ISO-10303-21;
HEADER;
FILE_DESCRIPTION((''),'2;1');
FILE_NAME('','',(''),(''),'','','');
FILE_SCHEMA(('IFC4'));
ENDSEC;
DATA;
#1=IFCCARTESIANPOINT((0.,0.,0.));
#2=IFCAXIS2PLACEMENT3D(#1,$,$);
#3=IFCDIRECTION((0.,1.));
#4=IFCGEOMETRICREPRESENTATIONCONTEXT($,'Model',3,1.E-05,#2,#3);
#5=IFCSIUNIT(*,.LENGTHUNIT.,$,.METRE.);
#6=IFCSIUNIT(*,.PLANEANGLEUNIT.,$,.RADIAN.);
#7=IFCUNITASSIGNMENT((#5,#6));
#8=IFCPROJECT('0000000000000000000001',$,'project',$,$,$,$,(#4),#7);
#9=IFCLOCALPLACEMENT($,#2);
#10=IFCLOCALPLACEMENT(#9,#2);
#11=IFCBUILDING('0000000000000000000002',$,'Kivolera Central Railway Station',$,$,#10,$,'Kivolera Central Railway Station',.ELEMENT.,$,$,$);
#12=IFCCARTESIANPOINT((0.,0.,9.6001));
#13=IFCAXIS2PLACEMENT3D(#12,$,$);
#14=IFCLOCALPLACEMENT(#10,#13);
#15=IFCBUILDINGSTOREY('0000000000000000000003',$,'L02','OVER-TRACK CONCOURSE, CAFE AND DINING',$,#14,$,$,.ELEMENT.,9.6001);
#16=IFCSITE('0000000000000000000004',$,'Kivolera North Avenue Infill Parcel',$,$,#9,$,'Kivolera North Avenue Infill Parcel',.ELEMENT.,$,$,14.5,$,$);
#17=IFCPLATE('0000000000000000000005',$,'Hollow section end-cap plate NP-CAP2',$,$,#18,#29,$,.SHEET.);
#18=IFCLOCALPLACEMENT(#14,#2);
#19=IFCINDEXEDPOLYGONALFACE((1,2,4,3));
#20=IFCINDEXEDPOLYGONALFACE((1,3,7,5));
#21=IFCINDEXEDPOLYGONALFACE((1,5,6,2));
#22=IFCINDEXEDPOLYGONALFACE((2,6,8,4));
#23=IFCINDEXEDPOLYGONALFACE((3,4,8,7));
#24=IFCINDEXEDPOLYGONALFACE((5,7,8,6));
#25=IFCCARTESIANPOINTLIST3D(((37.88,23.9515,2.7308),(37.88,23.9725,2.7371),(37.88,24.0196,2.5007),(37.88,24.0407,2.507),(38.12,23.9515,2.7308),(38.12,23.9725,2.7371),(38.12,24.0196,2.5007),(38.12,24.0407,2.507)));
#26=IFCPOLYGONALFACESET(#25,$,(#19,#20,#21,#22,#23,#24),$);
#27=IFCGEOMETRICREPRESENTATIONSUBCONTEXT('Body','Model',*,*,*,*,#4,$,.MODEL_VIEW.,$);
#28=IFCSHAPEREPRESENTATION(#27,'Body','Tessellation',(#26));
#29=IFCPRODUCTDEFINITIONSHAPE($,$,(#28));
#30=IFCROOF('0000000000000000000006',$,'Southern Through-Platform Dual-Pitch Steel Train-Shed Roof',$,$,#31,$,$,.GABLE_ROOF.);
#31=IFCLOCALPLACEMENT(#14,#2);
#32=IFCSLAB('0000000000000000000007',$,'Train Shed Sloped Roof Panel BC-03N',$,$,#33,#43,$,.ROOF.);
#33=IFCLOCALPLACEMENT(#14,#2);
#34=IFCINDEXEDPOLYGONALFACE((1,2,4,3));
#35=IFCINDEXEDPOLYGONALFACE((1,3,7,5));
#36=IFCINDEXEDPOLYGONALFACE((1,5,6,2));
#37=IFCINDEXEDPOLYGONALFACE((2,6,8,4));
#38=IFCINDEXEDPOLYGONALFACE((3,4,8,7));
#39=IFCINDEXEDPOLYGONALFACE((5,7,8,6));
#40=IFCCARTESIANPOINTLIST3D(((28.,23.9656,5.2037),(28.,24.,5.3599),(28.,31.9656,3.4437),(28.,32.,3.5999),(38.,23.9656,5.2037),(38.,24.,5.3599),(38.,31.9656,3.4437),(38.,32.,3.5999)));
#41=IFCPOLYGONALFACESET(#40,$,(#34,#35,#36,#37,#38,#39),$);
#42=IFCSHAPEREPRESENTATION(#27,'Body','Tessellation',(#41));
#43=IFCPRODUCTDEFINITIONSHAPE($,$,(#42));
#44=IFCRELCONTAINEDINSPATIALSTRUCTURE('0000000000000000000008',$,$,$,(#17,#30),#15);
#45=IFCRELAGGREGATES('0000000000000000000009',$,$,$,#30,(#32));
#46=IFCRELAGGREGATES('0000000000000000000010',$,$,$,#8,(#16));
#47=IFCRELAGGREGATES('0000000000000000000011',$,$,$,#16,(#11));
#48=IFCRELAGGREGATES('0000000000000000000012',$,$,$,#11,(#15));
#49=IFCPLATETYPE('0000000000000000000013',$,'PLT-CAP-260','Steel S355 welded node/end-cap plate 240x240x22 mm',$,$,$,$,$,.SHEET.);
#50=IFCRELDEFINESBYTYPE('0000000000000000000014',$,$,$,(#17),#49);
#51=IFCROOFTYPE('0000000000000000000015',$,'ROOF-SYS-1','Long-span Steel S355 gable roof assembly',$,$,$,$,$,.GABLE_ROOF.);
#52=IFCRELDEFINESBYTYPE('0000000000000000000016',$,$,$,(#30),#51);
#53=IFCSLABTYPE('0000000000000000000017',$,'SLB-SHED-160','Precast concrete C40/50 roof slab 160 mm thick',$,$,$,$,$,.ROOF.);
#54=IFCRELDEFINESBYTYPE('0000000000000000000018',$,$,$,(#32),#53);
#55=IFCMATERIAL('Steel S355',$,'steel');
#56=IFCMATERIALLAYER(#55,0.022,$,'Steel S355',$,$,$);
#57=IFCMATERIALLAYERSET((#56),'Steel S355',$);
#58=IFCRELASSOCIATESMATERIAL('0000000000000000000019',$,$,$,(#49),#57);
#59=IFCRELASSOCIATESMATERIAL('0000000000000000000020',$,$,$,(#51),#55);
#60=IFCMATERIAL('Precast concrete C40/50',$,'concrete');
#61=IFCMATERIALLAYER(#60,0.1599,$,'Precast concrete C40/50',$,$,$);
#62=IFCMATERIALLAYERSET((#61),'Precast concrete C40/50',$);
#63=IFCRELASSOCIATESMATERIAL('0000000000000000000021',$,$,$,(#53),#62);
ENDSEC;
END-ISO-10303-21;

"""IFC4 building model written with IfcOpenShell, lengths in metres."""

from ifc_helpers import new_model, si_unit, direction, frame, origin, origin_2d, place, context, subcontext, project, spatial, polyline, rectangle, outline, extrude, material, layer, layer_set, type_object, element, aggregate, save


model = new_model("IFC4")

# Units and contexts
model_context = context("Model", 3, precision=1e-05, world=origin(), true_north=direction((0.0, 1.0)))
body_context = subcontext(model_context, "Body", "Model", "MODEL_VIEW")
ifc_project = project(units=[si_unit("LENGTHUNIT", "METRE"), si_unit("PLANEANGLEUNIT", "RADIAN")], contexts=[model_context])

# Site, building, storey
site_placement = place(None, origin())
site = spatial("IfcSite", under=ifc_project, at=site_placement, Name="Kivolera North Avenue Infill Parcel", LongName="Kivolera North Avenue Infill Parcel", CompositionType="ELEMENT", RefElevation=14.5)
building_placement = place(site_placement, origin())
building = spatial("IfcBuilding", under=site, at=building_placement, Name="Kivolera Central Railway Station", LongName="Kivolera Central Railway Station", CompositionType="ELEMENT")
storey_placement = place(building_placement, frame((0.0, 0.0, 9.6001)))
storey = spatial("IfcBuildingStorey", under=building, at=storey_placement, Name="L02", Description="OVER-TRACK CONCOURSE, CAFE AND DINING", CompositionType="ELEMENT", Elevation=9.6001)

# Shared definitions
ifc_material_1 = material(Name="Steel S355", Category="steel")

# Plate
ifc_layer_1 = layer(ifc_material_1, 0.022, Name="Steel S355")
ifc_layer_set_1 = layer_set([ifc_layer_1], Name="Steel S355")
plate_type_1 = type_object("IfcPlateType", Name="PLT-CAP-260", Description="Steel S355 welded node/end-cap plate 240x240x22 mm", PredefinedType="SHEET", material=ifc_layer_set_1)
for number, where, z_axis, x_axis, name in (
    (1, (38.0, 23.9961, 2.6189), (0.0, 0.95881, 0.284048), (-1.0, 0.0, 0.0), "Hollow section end-cap plate NP-CAP2"),
):
    element("IfcPlate", number, at=place(storey_placement, frame(where, z_axis=z_axis, x_axis=x_axis)), inside=storey, type_object=plate_type_1, Name=name, PredefinedType="SHEET", context=body_context, shape_type="SweptSolid", body=[
        extrude(rectangle(XDim=0.24, YDim=0.24, at=origin_2d()), frame((0.0, 0.0, -0.011)), (0.0, 0.0, 1.0), 0.022),
    ])

# Roof, slab
roof_type = type_object("IfcRoofType", Name="ROOF-SYS-1", Description="Long-span Steel S355 gable roof assembly", PredefinedType="GABLE_ROOF", material=ifc_material_1)
roof_placement = place(storey_placement, origin())
roof = element("IfcRoof", 2, at=roof_placement, inside=storey, type_object=roof_type, Name="Southern Through-Platform Dual-Pitch Steel Train-Shed Roof", PredefinedType="GABLE_ROOF")
ifc_material_2 = material(Name="Precast concrete C40/50", Category="concrete")
ifc_layer_2 = layer(ifc_material_2, 0.1599, Name="Precast concrete C40/50")
ifc_layer_set_2 = layer_set([ifc_layer_2], Name="Precast concrete C40/50")
slab_type = type_object("IfcSlabType", Name="SLB-SHED-160", Description="Precast concrete C40/50 roof slab 160 mm thick", PredefinedType="ROOF", material=ifc_layer_set_2)
slab_placement = place(storey_placement, frame((28.0, 24.0, 5.3599), z_axis=(0.0, 0.214863, 0.976644), x_axis=(1.0, 0.0, 0.0)))
slab = element("IfcSlab", 3, at=slab_placement, type_object=slab_type, Name="Train Shed Sloped Roof Panel BC-03N", PredefinedType="ROOF", context=body_context, shape_type="SweptSolid", body=[
    extrude(outline(polyline([(0.0, 0.0), (10.0, 0.0), (10.0, 8.1913), (0.0, 8.1913), (0.0, 0.0)])), origin(), (0.0, 0.0, -1.0), 0.1599),
])
aggregate(roof, [slab])

save(model, "model.ifc")
